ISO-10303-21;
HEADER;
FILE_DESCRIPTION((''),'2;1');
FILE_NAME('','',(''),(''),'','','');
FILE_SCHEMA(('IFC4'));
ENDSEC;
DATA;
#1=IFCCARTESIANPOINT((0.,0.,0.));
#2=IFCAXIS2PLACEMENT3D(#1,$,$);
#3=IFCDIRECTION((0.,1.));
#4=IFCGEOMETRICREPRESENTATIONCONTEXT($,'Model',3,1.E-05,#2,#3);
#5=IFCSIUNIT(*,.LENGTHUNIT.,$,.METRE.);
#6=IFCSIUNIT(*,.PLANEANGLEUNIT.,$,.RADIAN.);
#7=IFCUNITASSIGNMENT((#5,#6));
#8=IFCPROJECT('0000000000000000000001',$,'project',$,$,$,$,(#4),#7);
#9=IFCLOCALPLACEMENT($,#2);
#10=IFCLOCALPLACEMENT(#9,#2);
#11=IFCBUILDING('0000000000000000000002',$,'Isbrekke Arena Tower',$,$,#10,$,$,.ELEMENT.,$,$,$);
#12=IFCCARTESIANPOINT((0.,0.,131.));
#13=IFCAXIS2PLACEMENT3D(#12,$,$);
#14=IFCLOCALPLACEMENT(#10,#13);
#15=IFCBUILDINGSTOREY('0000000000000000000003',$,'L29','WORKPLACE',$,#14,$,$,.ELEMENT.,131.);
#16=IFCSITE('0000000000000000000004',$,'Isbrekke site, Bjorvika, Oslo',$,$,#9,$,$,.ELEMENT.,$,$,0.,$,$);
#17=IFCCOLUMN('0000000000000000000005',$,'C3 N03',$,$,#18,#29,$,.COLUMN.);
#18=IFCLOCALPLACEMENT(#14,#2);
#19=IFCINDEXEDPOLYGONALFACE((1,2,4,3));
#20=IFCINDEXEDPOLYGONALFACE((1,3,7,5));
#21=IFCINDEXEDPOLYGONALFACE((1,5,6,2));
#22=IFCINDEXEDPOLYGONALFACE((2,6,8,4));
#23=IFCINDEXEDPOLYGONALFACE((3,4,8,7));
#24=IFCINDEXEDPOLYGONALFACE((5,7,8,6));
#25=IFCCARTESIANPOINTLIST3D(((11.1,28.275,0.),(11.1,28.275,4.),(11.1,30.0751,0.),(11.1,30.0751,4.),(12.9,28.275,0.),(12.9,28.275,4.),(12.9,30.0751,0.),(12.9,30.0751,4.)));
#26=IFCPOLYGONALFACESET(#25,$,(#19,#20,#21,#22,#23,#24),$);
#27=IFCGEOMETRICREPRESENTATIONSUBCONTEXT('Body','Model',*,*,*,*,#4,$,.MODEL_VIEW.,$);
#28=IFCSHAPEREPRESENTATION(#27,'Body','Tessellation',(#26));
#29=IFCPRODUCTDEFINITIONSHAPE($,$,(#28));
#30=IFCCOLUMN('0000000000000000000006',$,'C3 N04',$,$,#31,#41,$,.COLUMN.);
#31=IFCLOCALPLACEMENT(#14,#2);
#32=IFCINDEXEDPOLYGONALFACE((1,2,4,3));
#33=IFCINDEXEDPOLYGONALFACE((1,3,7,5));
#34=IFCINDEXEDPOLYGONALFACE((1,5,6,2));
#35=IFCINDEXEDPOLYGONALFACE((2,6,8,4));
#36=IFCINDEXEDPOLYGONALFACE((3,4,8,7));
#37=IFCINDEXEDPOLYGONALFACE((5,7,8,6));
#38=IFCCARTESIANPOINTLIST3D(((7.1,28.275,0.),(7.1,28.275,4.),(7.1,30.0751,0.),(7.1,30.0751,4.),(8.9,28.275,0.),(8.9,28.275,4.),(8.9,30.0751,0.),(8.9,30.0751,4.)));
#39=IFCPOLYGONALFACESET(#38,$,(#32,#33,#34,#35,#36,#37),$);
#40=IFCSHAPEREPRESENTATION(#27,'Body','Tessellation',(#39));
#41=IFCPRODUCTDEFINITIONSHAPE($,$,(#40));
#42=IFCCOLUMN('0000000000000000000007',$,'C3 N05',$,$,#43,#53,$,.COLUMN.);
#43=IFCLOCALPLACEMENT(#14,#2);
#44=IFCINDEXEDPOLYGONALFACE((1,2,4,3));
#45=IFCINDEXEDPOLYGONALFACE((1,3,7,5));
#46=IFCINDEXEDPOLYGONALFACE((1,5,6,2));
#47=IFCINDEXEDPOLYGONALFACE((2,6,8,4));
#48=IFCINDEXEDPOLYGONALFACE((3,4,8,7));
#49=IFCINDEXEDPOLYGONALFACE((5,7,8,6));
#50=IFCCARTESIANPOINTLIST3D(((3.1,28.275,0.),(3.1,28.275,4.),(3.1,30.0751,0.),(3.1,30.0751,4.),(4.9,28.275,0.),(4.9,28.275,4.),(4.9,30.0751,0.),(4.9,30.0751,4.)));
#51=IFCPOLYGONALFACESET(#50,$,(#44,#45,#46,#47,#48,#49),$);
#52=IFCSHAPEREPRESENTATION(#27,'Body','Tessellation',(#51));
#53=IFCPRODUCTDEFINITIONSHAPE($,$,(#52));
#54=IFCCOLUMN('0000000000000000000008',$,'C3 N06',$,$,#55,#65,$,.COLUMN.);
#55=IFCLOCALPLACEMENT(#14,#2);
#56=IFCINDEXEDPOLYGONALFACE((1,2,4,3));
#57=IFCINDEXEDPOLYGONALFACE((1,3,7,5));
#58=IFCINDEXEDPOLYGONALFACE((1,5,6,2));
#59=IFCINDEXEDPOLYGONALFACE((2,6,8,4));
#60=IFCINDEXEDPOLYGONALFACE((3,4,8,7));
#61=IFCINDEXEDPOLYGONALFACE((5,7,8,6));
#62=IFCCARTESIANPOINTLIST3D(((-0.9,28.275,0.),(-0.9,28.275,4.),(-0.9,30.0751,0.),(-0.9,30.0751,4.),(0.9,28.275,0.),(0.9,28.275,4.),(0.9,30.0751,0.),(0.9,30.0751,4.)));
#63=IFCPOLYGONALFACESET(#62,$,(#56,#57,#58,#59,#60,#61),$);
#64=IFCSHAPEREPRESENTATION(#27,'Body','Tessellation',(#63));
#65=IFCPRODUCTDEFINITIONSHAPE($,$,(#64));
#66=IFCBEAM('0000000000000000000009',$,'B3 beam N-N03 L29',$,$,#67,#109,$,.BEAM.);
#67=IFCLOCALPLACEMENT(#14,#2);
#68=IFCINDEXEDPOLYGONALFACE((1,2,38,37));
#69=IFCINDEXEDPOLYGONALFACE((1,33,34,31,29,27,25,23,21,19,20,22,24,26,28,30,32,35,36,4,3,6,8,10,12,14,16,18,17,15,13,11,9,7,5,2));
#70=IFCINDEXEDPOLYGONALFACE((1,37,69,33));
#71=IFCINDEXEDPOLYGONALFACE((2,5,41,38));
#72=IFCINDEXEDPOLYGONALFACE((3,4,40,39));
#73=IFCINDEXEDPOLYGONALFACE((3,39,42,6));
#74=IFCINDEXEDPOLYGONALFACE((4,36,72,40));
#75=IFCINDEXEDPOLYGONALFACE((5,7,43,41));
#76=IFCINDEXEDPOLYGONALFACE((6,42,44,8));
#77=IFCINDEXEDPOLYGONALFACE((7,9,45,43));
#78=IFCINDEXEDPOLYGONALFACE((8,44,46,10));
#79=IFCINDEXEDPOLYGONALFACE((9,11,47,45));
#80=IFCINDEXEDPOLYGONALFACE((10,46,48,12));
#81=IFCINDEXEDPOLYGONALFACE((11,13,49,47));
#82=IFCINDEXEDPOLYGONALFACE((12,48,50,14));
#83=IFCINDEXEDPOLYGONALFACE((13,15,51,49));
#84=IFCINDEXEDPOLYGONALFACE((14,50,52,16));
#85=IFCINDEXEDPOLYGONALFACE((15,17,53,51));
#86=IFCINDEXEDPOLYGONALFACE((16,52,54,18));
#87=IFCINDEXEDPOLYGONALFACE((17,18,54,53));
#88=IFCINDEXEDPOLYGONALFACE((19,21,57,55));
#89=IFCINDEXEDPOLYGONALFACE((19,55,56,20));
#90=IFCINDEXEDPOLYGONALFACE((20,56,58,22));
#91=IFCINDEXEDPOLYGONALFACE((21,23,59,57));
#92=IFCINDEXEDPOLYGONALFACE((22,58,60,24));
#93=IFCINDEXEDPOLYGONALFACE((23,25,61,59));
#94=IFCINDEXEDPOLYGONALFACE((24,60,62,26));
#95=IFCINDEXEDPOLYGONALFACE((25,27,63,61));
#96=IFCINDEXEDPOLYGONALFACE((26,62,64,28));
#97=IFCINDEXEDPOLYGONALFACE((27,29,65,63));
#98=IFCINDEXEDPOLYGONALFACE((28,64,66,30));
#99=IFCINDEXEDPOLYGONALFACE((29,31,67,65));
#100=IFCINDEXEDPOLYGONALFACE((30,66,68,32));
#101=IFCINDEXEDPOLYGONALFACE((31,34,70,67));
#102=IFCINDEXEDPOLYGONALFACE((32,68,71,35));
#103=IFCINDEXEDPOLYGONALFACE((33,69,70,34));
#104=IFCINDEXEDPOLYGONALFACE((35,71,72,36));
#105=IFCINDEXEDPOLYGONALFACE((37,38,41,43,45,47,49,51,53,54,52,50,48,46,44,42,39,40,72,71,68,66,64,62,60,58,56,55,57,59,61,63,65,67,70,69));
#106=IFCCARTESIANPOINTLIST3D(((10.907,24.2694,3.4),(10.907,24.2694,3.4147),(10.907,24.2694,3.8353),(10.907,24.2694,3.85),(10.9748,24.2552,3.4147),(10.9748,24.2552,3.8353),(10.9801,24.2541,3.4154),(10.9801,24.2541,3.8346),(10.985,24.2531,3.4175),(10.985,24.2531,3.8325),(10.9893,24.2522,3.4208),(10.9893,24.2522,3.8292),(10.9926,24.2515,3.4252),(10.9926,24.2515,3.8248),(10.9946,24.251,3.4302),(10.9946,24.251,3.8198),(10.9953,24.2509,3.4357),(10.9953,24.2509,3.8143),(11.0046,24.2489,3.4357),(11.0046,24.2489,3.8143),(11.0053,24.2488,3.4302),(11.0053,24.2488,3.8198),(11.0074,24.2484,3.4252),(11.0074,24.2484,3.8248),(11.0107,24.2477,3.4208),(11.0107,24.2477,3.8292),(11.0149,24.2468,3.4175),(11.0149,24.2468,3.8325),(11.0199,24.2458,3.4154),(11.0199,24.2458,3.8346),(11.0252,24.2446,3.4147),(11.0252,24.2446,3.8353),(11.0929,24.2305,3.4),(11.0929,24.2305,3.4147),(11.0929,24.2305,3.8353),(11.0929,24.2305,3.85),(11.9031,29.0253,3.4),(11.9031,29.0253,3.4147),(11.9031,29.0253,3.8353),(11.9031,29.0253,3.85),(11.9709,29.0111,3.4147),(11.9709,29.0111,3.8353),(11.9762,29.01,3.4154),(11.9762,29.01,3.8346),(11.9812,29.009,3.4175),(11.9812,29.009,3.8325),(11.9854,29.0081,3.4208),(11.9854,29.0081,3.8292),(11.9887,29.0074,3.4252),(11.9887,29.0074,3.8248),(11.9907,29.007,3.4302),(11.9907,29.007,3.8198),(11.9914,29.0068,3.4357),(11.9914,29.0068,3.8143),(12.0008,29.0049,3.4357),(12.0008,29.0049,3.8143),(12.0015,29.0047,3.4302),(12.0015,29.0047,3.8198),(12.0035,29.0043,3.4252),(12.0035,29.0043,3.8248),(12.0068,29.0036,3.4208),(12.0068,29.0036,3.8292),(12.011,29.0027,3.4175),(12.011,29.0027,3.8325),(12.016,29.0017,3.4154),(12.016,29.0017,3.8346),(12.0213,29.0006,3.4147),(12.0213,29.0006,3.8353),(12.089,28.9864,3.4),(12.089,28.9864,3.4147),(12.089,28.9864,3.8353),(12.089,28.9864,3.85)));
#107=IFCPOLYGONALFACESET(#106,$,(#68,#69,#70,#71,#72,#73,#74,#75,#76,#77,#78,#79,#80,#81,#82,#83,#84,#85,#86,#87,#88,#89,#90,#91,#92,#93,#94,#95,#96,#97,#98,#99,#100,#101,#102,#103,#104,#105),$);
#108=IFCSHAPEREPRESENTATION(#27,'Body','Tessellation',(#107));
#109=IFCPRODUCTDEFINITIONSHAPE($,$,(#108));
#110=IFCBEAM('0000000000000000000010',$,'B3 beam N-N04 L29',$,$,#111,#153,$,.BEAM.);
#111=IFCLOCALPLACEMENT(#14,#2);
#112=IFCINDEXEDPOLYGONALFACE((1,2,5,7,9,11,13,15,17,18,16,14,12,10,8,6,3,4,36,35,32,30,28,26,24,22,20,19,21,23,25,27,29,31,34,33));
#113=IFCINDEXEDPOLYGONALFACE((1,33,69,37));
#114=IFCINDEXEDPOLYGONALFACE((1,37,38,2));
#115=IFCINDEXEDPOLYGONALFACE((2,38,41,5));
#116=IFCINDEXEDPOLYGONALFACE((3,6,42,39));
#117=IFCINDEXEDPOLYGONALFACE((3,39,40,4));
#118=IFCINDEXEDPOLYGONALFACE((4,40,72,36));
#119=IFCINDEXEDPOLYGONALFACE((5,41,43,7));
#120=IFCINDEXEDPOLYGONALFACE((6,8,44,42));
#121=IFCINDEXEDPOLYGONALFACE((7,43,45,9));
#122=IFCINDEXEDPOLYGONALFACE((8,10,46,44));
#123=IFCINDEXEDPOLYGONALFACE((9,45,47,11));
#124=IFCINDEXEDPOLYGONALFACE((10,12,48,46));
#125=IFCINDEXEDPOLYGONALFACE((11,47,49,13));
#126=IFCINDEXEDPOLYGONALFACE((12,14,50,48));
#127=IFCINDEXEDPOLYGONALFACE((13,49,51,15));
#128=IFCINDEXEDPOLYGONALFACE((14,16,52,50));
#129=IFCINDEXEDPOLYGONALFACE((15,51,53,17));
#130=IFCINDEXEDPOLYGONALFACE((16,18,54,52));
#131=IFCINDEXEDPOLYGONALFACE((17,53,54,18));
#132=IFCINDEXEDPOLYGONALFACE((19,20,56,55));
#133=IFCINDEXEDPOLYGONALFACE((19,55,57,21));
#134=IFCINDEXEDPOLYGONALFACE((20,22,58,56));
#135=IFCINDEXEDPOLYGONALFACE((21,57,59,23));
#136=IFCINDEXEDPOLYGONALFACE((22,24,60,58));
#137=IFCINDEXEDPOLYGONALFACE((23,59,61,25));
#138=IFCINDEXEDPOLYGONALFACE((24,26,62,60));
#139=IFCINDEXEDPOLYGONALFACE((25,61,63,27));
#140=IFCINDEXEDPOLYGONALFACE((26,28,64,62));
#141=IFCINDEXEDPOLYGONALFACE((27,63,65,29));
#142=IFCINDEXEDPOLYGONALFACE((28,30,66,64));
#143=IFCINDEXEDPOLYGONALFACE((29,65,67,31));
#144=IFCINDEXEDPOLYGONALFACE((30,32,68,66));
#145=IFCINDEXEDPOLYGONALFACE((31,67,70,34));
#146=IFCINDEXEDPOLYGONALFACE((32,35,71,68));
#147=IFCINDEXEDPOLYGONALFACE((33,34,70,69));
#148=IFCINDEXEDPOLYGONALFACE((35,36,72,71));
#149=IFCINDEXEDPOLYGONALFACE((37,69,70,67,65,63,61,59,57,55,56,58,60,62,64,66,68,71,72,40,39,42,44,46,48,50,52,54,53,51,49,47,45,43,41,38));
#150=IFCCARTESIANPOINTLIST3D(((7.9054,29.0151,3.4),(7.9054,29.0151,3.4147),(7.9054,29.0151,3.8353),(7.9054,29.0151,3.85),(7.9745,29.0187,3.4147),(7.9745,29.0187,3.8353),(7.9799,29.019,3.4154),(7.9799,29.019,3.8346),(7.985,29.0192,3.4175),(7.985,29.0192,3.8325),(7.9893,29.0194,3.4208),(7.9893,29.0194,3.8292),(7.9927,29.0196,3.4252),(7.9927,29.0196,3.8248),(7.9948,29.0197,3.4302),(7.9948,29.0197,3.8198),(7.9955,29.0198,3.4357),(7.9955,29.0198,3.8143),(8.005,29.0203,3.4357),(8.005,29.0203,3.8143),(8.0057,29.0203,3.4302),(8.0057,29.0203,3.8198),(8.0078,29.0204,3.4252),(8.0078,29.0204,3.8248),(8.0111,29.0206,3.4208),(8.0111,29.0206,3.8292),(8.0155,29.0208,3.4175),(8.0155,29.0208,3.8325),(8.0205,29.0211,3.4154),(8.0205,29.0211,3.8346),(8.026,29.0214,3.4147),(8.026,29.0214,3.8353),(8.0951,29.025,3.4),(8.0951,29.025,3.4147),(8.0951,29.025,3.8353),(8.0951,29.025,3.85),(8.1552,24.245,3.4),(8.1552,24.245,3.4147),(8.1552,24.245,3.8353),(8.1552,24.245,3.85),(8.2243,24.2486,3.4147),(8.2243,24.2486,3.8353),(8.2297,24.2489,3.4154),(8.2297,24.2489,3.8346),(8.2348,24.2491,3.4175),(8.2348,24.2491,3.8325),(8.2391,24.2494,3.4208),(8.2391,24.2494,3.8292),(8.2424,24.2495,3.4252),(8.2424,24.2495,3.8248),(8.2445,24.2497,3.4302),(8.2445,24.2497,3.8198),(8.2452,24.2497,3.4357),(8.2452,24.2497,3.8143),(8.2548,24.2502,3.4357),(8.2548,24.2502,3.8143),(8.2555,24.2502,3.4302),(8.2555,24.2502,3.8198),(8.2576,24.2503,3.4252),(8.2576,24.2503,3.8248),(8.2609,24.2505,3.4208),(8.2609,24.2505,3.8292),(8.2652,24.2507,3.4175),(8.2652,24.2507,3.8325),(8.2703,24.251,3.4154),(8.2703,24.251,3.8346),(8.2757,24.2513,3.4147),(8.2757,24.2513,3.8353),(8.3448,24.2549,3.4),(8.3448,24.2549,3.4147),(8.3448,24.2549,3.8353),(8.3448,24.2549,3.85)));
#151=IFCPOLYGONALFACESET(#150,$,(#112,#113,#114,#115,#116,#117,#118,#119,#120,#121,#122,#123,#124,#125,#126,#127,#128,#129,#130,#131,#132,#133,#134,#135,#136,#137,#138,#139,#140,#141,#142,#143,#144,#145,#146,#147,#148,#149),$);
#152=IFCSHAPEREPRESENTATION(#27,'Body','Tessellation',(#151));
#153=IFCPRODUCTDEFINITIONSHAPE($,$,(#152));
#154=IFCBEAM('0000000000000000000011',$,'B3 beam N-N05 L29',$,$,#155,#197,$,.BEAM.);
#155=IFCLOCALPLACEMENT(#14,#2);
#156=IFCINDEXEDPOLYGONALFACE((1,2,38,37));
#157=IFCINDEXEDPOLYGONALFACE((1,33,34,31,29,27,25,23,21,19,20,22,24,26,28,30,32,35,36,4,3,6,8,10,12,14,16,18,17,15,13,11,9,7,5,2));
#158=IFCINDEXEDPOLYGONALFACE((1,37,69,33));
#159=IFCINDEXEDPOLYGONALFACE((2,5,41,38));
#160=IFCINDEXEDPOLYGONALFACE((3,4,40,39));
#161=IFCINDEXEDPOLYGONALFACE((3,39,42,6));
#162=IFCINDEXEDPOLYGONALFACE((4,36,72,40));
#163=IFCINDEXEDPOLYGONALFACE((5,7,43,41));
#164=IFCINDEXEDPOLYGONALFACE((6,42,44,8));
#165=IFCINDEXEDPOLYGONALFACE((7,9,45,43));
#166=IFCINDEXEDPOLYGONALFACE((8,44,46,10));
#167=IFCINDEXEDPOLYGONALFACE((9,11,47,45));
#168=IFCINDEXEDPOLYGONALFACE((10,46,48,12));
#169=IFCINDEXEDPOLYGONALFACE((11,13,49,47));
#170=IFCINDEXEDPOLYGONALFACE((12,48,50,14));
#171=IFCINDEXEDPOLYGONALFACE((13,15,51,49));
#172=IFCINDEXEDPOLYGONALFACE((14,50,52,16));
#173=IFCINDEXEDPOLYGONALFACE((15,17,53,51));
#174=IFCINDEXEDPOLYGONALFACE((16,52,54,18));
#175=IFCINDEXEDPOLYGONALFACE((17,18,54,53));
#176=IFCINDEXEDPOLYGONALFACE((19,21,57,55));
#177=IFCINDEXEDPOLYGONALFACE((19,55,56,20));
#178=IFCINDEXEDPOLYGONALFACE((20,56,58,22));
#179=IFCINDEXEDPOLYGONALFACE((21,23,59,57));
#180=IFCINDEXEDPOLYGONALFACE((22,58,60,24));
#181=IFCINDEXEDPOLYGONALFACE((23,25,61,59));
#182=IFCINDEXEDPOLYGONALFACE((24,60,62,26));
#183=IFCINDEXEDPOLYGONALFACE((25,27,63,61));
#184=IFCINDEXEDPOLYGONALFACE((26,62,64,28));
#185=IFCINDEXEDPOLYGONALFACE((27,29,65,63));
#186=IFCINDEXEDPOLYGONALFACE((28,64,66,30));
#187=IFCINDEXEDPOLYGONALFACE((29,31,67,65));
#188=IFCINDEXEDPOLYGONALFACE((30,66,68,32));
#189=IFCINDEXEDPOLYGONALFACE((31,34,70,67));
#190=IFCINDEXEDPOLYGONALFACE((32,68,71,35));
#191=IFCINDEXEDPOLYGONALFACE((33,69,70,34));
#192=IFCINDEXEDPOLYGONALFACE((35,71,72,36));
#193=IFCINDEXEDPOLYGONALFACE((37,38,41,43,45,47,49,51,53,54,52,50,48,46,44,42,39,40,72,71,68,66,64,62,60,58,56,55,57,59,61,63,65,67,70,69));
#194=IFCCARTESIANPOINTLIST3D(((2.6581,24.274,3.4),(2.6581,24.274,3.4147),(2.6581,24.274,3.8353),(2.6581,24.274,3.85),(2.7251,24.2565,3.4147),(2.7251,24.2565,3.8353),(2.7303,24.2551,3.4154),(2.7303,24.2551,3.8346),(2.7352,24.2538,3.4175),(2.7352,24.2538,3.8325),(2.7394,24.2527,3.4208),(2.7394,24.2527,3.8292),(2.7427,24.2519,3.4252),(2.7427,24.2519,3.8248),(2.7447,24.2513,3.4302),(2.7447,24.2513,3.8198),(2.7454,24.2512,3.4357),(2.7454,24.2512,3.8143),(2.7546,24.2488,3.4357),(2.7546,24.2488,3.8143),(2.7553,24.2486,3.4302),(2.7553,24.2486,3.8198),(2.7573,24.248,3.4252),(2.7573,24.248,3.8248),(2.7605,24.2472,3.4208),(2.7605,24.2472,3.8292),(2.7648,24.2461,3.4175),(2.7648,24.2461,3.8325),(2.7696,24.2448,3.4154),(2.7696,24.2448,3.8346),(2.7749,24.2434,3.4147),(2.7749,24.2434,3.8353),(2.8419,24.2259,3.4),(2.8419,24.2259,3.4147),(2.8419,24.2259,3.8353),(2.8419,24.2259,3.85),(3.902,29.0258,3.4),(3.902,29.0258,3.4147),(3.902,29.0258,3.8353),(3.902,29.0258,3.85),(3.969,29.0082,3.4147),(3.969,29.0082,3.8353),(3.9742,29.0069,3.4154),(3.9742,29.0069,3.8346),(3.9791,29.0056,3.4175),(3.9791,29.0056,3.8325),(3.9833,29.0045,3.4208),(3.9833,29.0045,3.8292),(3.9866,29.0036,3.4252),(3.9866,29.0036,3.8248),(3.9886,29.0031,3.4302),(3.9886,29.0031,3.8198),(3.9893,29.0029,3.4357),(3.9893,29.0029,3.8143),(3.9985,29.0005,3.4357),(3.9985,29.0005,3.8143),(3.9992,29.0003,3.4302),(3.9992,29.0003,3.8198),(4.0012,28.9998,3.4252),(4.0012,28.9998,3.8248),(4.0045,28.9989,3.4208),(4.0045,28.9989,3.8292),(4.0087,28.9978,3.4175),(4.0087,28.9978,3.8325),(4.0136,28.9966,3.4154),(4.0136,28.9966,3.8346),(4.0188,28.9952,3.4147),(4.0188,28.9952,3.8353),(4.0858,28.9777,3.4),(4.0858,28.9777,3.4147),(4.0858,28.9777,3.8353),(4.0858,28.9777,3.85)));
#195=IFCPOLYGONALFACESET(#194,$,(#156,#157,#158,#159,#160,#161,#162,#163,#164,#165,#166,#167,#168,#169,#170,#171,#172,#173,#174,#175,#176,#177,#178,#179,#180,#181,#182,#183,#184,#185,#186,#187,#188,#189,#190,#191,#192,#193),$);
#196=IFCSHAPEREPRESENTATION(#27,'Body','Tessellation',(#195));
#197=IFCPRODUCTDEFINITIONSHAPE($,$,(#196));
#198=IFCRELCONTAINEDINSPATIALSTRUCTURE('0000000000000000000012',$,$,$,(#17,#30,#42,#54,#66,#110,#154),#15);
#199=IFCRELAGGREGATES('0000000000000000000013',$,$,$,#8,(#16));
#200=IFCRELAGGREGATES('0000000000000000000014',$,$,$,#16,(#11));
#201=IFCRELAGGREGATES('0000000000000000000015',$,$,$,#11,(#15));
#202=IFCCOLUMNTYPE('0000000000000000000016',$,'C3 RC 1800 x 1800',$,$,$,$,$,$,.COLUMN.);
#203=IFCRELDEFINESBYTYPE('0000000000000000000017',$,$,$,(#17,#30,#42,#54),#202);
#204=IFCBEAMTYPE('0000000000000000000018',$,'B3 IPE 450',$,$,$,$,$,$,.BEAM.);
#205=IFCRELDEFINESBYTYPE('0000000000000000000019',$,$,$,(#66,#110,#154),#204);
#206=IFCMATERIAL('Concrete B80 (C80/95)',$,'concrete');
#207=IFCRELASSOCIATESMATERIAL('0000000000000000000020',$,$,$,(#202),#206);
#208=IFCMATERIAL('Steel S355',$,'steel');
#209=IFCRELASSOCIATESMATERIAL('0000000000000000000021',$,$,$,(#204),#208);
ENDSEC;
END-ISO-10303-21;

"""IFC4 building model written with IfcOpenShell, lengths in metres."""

from ifc_helpers import new_model, si_unit, direction, frame, origin, origin_2d, place, context, subcontext, project, spatial, rectangle, i_section, extrude, material, material_profile, profile_set, type_object, element, save


model = new_model("IFC4")

# Units and contexts
model_context = context("Model", 3, precision=1e-05, world=origin(), true_north=direction((0.0, 1.0)))
body_context = subcontext(model_context, "Body", "Model", "MODEL_VIEW")
ifc_project = project(units=[si_unit("LENGTHUNIT", "METRE"), si_unit("PLANEANGLEUNIT", "RADIAN")], contexts=[model_context])

# Site, building, storey
site_placement = place(None, origin())
site = spatial("IfcSite", under=ifc_project, at=site_placement, Name="Isbrekke site, Bjorvika, Oslo", CompositionType="ELEMENT", RefElevation=0.0)
building_placement = place(site_placement, origin())
building = spatial("IfcBuilding", under=site, at=building_placement, Name="Isbrekke Arena Tower", CompositionType="ELEMENT")
storey_placement = place(building_placement, frame((0.0, 0.0, 131.0)))
storey = spatial("IfcBuildingStorey", under=building, at=storey_placement, Name="L29", Description="WORKPLACE", CompositionType="ELEMENT", Elevation=131.0)

# Columns
ifc_material_1 = material(Name="Concrete B80 (C80/95)", Category="concrete")
ifc_material_profile_1 = material_profile(ifc_material_1, rectangle(XDim=1.8, YDim=1.8, at=origin_2d()), Name="RC 1800x1800")
ifc_profile_set_1 = profile_set([ifc_material_profile_1], Name="Concrete B80 (C80/95)")
column_type = type_object("IfcColumnType", Name="C3 RC 1800 x 1800", PredefinedType="COLUMN", material=ifc_profile_set_1)
for number, where, z_axis, x_axis, name in (
    (1, (12.0, 29.175, 0.0), (0.0, 0.0, 1.0), (-1.0, 0.0, 0.0), "C3 N03"),
    (2, (8.0, 29.175, 0.0), (0.0, 0.0, 1.0), (-1.0, 0.0, 0.0), "C3 N04"),
    (3, (4.0, 29.175, 0.0), (0.0, 0.0, 1.0), (-1.0, 0.0, 0.0), "C3 N05"),
    (4, (0.0, 29.175, 0.0), (0.0, 0.0, 1.0), (-1.0, 0.0, 0.0), "C3 N06"),
):
    element("IfcColumn", number, at=place(storey_placement, frame(where, z_axis=z_axis, x_axis=x_axis)), inside=storey, type_object=column_type, Name=name, PredefinedType="COLUMN", context=body_context, shape_type="SweptSolid", body=[
        extrude(rectangle(XDim=1.8, YDim=1.8, at=origin_2d()), origin(), (0.0, 0.0, 1.0), 4.0),
    ])

# Beams
ifc_material_2 = material(Name="Steel S355", Category="steel")
ifc_material_profile_2 = material_profile(ifc_material_2, i_section(OverallWidth=0.1899, OverallDepth=0.45, WebThickness=0.0095, FlangeThickness=0.0146, FilletRadius=0.021, at=origin_2d()), Name="IPE 450")
ifc_profile_set_2 = profile_set([ifc_material_profile_2], Name="Steel S355")
beam_type_1 = type_object("IfcBeamType", Name="B3 IPE 450", PredefinedType="BEAM", material=ifc_profile_set_2)
beam_1_placement = place(storey_placement, frame((11.9961, 29.0059, 3.625), z_axis=(-0.204997, -0.978762, 0.0), x_axis=(0.978762, -0.204997, 0.0)))
element("IfcBeam", 5, at=beam_1_placement, inside=storey, type_object=beam_type_1, Name="B3 beam N-N03 L29", PredefinedType="BEAM", context=body_context, shape_type="SweptSolid", body=[
    extrude(i_section(OverallWidth=0.1899, OverallDepth=0.45, WebThickness=0.0095, FlangeThickness=0.0146, FilletRadius=0.021, at=origin_2d()), origin(), (0.0, 0.0, 1.0), 4.8591),
])
beam_2_placement = place(storey_placement, frame((8.0002, 29.02, 3.625), z_axis=(0.052288, -0.998632, 0.0), x_axis=(0.998632, 0.052288, 0.0)))
element("IfcBeam", 6, at=beam_2_placement, inside=storey, type_object=beam_type_1, Name="B3 beam N-N04 L29", PredefinedType="BEAM", context=body_context, shape_type="SweptSolid", body=[
    extrude(i_section(OverallWidth=0.1899, OverallDepth=0.45, WebThickness=0.0095, FlangeThickness=0.0146, FilletRadius=0.021, at=origin_2d()), origin(), (0.0, 0.0, 1.0), 4.7766),
])
beam_3_placement = place(storey_placement, frame((3.9939, 29.0017, 3.625), z_axis=(-0.253245, -0.967402, 0.0), x_axis=(0.967402, -0.253245, 0.0)))
element("IfcBeam", 7, at=beam_3_placement, inside=storey, type_object=beam_type_1, Name="B3 beam N-N05 L29", PredefinedType="BEAM", context=body_context, shape_type="SweptSolid", body=[
    extrude(i_section(OverallWidth=0.1899, OverallDepth=0.45, WebThickness=0.0095, FlangeThickness=0.0146, FilletRadius=0.021, at=origin_2d()), origin(), (0.0, 0.0, 1.0), 4.9119),
])

save(model, "model.ifc")
